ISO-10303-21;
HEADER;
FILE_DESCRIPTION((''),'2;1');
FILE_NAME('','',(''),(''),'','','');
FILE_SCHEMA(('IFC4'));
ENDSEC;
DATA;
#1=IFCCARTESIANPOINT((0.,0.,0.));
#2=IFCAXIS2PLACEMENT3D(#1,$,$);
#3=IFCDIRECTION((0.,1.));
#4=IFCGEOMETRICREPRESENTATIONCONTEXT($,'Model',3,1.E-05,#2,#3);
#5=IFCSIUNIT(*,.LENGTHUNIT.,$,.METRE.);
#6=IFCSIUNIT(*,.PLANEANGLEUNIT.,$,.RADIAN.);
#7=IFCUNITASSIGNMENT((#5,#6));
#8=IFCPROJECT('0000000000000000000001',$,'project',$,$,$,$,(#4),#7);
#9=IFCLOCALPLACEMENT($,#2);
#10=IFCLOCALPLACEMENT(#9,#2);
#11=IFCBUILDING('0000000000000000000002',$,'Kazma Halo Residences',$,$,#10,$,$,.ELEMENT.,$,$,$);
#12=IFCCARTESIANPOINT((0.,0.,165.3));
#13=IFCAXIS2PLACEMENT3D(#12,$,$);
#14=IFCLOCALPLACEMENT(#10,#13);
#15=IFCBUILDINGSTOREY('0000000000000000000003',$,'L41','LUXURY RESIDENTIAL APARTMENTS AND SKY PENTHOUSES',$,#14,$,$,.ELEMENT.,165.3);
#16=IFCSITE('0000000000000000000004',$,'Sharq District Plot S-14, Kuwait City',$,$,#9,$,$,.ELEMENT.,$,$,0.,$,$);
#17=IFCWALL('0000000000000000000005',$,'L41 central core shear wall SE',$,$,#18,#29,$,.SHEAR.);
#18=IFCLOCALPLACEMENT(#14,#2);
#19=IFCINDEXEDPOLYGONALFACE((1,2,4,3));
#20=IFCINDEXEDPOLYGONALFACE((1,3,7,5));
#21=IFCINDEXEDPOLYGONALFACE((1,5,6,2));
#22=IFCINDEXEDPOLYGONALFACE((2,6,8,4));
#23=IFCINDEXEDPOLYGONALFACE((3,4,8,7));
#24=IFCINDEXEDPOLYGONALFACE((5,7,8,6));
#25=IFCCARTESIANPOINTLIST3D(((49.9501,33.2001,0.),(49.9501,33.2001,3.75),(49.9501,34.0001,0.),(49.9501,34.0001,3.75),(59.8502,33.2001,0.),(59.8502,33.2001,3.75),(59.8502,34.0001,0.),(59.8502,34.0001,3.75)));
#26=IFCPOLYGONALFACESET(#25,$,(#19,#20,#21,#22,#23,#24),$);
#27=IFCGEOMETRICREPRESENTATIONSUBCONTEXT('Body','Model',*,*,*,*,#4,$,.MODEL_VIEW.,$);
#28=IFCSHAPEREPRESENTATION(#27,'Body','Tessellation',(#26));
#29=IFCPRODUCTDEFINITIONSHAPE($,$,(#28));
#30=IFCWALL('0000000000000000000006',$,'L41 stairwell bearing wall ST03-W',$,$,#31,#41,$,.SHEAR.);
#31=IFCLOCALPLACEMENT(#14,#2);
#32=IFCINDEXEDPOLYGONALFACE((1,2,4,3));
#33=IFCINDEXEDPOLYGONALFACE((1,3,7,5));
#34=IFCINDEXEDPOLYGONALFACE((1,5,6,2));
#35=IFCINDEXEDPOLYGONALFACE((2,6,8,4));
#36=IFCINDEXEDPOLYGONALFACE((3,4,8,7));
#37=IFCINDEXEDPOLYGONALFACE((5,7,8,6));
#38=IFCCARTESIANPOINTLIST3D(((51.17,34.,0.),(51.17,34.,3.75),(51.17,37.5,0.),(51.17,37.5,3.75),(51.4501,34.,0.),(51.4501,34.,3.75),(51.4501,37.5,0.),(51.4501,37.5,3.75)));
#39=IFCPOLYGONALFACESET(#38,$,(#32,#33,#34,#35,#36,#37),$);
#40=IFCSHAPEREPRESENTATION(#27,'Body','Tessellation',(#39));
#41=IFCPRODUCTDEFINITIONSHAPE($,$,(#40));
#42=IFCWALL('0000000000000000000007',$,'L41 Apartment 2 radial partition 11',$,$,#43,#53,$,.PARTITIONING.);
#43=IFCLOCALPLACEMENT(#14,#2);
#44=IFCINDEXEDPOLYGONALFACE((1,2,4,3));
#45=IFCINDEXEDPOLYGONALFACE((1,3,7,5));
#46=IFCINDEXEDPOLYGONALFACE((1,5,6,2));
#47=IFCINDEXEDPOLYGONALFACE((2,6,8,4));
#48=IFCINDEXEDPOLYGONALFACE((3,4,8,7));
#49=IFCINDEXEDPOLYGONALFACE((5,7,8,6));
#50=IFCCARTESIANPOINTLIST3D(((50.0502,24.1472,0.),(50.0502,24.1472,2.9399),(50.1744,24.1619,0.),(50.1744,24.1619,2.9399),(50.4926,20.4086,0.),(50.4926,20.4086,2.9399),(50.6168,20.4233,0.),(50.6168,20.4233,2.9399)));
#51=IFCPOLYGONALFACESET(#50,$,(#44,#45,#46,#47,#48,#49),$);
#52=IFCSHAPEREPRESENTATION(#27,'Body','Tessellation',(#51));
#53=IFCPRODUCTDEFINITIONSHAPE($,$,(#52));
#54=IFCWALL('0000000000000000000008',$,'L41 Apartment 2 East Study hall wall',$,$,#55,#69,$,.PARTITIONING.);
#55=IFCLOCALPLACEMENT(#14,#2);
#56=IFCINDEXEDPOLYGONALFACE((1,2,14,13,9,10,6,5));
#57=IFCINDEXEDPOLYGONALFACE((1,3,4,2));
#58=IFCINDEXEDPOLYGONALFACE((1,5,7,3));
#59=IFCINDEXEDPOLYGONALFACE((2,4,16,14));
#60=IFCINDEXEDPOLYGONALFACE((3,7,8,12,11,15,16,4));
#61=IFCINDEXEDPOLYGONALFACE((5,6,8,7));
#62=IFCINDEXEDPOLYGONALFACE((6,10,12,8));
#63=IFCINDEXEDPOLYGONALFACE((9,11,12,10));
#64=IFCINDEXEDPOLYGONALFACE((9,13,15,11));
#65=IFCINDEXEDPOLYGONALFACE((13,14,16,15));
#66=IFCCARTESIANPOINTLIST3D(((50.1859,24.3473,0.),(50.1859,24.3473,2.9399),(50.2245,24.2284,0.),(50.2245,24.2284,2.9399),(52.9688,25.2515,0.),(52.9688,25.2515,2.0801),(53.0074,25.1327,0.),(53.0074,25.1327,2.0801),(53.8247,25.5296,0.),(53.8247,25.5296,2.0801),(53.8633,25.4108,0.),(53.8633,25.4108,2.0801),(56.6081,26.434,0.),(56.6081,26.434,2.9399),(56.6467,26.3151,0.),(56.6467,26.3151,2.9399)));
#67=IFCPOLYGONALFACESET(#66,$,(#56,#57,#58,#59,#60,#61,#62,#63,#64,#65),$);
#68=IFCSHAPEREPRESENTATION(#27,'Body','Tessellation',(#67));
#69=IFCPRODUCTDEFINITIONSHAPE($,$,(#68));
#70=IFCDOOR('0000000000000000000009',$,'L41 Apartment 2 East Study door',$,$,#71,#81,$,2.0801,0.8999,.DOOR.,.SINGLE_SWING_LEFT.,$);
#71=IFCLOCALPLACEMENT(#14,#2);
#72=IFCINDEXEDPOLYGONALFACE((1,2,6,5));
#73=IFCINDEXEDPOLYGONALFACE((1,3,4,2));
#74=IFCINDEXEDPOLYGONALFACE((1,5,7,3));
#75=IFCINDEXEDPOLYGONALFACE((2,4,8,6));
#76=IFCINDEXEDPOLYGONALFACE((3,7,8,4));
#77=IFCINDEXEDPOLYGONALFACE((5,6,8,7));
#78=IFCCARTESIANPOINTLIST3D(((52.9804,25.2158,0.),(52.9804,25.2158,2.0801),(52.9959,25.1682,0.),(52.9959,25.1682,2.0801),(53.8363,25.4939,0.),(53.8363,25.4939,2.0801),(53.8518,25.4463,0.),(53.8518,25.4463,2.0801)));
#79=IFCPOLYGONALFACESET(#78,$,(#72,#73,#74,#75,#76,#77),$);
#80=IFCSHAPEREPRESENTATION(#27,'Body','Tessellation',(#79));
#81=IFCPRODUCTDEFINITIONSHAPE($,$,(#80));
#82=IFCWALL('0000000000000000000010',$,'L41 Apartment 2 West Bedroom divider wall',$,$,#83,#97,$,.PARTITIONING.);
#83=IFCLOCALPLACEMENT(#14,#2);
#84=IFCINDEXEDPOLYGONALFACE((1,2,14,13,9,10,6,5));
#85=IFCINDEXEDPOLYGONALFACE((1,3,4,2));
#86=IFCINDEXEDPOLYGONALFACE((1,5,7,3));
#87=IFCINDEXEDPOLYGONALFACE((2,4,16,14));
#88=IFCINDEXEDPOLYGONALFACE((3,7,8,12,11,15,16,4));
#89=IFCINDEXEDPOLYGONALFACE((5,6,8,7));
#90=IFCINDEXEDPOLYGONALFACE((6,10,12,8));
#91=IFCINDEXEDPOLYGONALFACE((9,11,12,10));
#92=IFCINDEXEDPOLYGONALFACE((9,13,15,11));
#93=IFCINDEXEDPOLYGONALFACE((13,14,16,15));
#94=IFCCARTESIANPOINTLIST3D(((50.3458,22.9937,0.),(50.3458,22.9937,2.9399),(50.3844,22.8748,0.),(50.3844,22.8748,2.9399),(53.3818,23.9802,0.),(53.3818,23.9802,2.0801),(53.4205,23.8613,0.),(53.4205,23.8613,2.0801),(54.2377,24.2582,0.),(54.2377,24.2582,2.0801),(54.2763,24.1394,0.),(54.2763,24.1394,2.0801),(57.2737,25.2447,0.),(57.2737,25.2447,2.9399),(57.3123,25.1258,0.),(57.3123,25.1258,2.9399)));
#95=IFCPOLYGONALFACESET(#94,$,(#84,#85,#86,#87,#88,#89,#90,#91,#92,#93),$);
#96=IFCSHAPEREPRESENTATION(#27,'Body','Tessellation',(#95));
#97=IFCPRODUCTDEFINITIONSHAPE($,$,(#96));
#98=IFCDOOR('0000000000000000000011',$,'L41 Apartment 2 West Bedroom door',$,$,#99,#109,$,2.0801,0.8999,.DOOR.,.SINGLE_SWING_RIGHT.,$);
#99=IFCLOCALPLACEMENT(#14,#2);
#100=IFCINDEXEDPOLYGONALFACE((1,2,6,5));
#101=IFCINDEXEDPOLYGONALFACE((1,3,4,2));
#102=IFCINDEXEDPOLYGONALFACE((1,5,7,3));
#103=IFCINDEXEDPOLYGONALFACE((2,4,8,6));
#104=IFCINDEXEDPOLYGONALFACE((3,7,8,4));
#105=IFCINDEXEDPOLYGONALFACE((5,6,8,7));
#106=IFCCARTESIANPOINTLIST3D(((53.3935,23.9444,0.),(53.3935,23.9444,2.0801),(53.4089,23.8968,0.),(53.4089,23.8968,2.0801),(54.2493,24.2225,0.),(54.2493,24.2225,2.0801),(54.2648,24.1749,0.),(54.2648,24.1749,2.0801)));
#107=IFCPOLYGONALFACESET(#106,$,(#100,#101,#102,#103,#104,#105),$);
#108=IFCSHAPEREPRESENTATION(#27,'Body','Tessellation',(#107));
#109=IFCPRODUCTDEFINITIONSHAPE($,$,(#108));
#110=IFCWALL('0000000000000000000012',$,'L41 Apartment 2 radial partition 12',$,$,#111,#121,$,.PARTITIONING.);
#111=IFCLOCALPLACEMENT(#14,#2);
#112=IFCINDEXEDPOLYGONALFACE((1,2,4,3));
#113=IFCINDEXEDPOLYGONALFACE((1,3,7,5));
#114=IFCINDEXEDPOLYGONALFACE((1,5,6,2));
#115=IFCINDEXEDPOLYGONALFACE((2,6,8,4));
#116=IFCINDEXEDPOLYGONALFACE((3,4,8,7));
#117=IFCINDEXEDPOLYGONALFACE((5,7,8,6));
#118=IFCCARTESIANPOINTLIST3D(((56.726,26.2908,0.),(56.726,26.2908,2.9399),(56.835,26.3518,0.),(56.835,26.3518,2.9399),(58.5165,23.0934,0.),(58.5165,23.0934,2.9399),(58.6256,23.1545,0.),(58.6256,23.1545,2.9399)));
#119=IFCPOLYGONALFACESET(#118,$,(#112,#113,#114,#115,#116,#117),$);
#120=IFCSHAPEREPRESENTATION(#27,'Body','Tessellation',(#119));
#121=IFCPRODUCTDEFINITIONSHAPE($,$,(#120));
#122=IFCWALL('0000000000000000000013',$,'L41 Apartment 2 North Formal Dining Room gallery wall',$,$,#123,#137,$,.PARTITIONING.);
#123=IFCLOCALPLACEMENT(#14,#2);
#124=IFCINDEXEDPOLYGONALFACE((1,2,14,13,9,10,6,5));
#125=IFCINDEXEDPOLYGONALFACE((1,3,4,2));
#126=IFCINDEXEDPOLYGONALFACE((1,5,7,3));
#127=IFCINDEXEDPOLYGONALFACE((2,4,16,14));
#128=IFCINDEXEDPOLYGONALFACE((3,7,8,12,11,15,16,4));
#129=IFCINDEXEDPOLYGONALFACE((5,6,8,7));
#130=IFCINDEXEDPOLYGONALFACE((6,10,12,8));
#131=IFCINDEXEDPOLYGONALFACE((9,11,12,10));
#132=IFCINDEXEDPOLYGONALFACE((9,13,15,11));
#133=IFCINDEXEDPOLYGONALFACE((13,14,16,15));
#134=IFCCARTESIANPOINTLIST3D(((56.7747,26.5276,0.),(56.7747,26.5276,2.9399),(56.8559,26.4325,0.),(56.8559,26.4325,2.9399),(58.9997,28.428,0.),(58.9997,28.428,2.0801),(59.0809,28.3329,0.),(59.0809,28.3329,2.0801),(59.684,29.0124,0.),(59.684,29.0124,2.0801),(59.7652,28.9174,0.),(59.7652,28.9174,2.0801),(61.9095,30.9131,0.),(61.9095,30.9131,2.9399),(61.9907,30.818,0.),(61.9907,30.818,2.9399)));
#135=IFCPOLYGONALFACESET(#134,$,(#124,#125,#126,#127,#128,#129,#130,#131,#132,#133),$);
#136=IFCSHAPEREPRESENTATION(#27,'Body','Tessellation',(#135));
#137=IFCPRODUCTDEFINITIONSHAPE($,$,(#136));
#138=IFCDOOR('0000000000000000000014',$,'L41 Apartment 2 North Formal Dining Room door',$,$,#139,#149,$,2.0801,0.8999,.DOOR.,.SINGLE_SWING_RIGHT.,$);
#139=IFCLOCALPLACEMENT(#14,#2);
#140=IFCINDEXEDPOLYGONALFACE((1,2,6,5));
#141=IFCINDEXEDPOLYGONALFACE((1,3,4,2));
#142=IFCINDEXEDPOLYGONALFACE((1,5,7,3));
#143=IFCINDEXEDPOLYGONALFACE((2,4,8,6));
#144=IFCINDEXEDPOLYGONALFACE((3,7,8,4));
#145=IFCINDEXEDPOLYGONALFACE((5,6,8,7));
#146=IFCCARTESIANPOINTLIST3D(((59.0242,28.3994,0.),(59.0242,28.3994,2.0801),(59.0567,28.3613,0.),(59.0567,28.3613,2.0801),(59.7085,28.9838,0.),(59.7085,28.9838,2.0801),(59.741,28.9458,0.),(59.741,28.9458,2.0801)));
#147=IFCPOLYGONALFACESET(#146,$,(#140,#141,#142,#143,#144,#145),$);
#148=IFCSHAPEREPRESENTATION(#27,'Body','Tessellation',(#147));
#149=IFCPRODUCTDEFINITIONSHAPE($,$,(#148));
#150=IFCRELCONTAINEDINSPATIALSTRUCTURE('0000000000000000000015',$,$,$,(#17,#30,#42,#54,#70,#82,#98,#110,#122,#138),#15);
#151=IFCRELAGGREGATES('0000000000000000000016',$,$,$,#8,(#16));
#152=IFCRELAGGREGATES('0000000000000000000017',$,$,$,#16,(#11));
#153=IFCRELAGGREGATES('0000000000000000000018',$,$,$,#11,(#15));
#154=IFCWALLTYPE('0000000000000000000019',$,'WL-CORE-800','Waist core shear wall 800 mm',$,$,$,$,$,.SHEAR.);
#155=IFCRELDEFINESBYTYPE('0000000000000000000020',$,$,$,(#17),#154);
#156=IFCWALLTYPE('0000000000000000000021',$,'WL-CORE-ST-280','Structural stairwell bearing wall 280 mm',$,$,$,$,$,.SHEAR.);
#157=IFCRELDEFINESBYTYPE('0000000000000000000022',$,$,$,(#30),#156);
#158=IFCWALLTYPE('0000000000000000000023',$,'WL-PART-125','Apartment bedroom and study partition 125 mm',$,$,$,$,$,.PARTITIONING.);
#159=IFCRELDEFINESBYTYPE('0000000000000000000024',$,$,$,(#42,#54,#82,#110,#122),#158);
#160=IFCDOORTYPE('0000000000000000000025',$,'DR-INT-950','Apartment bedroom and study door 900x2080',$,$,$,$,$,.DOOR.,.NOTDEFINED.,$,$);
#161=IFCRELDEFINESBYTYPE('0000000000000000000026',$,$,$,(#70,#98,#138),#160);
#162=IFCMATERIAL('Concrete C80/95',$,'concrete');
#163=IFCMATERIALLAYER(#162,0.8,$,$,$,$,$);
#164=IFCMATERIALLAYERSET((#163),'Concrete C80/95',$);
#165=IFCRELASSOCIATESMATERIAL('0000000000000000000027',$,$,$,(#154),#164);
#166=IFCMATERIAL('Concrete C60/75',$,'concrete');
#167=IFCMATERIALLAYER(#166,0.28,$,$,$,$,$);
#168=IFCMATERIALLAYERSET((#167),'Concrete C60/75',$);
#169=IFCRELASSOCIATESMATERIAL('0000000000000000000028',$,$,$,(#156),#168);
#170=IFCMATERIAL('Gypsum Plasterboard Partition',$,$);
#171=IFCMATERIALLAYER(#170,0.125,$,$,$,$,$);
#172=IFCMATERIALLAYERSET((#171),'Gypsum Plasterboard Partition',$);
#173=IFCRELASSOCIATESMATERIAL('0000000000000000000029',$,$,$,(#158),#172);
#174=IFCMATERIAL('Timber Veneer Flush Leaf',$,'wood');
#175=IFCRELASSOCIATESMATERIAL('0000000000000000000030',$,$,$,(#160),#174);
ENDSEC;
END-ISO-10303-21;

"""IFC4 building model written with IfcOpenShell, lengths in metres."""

from ifc_helpers import new_model, si_unit, direction, frame, frame_2d, origin, place, context, subcontext, project, spatial, rectangle, extrude, material, layer, layer_set, type_object, element, fill, save


model = new_model("IFC4")

# Units and contexts
model_context = context("Model", 3, precision=1e-05, world=origin(), true_north=direction((0.0, 1.0)))
body_context = subcontext(model_context, "Body", "Model", "MODEL_VIEW")
ifc_project = project(units=[si_unit("LENGTHUNIT", "METRE"), si_unit("PLANEANGLEUNIT", "RADIAN")], contexts=[model_context])

# Site, building, storey
site_placement = place(None, origin())
site = spatial("IfcSite", under=ifc_project, at=site_placement, Name="Sharq District Plot S-14, Kuwait City", CompositionType="ELEMENT", RefElevation=0.0)
building_placement = place(site_placement, origin())
building = spatial("IfcBuilding", under=site, at=building_placement, Name="Kazma Halo Residences", CompositionType="ELEMENT")
storey_placement = place(building_placement, frame((0.0, 0.0, 165.3)))
storey = spatial("IfcBuildingStorey", under=building, at=storey_placement, Name="L41", Description="LUXURY RESIDENTIAL APARTMENTS AND SKY PENTHOUSES", CompositionType="ELEMENT", Elevation=165.3)

# Shared definitions
ifc_material_1 = material(Name="Concrete C80/95", Category="concrete")

# Walls
ifc_layer_1 = layer(ifc_material_1, 0.8)
ifc_layer_set_1 = layer_set([ifc_layer_1], Name="Concrete C80/95")
wall_type_1 = type_object("IfcWallType", Name="WL-CORE-800", Description="Waist core shear wall 800 mm", PredefinedType="SHEAR", material=ifc_layer_set_1)
wall_1_placement = place(storey_placement, frame((49.95, 33.6001, 0.0), z_axis=(0.0, 0.0, 1.0), x_axis=(1.0, 0.0, 0.0)))
element("IfcWall", 1, at=wall_1_placement, inside=storey, type_object=wall_type_1, Name="L41 central core shear wall SE", PredefinedType="SHEAR", context=body_context, shape_type="SweptSolid", body=[
    extrude(rectangle(XDim=9.9001, YDim=0.8, at=frame_2d((4.9502, 0.0))), origin(), (0.0, 0.0, 1.0), 3.75),
])
ifc_material_2 = material(Name="Concrete C60/75", Category="concrete")
ifc_layer_2 = layer(ifc_material_2, 0.28)
ifc_layer_set_2 = layer_set([ifc_layer_2], Name="Concrete C60/75")
wall_type_2 = type_object("IfcWallType", Name="WL-CORE-ST-280", Description="Structural stairwell bearing wall 280 mm", PredefinedType="SHEAR", material=ifc_layer_set_2)
wall_2_placement = place(storey_placement, frame((51.3101, 34.0, 0.0), z_axis=(0.0, 0.0, 1.0), x_axis=(0.0, 1.0, 0.0)))
element("IfcWall", 2, at=wall_2_placement, inside=storey, type_object=wall_type_2, Name="L41 stairwell bearing wall ST03-W", PredefinedType="SHEAR", context=body_context, shape_type="SweptSolid", body=[
    extrude(rectangle(XDim=3.5, YDim=0.28, at=frame_2d((1.75, 0.0))), origin(), (0.0, 0.0, 1.0), 3.75),
])

# Wall
ifc_material_3 = material(Name="Gypsum Plasterboard Partition")
ifc_layer_3 = layer(ifc_material_3, 0.125)
ifc_layer_set_3 = layer_set([ifc_layer_3], Name="Gypsum Plasterboard Partition")
wall_type_3 = type_object("IfcWallType", Name="WL-PART-125", Description="Apartment bedroom and study partition 125 mm", PredefinedType="PARTITIONING", material=ifc_layer_set_3)
wall_3_placement = place(storey_placement, frame((50.1123, 24.1545, 0.0), z_axis=(0.0, 0.0, 1.0), x_axis=(0.117511, -0.993072, 0.0)))
element("IfcWall", 3, at=wall_3_placement, inside=storey, type_object=wall_type_3, Name="L41 Apartment 2 radial partition 11", PredefinedType="PARTITIONING", context=body_context, shape_type="SweptSolid", body=[
    extrude(rectangle(XDim=3.7646, YDim=0.125, at=frame_2d((1.8823, 0.0))), origin(), (0.0, 0.0, 1.0), 2.9399),
])

# Walls, openings, doors
wall_4_placement = place(storey_placement, frame((50.2051, 24.2878, 0.0), z_axis=(0.0, 0.0, 1.0), x_axis=(0.951057, 0.309017, 0.0)))
wall_4 = element("IfcWall", 4, at=wall_4_placement, inside=storey, type_object=wall_type_3, Name="L41 Apartment 2 East Study hall wall", PredefinedType="PARTITIONING", context=body_context, shape_type="SweptSolid", body=[
    extrude(rectangle(XDim=6.7527, YDim=0.125, at=frame_2d((3.3765, 0.0))), origin(), (0.0, 0.0, 1.0), 2.9399),
])
opening_1_placement = place(wall_4_placement, frame((2.9263, 0.0, 0.0)))
opening_1 = element("IfcOpeningElement", 5, at=opening_1_placement, cuts=wall_4, PredefinedType="OPENING", context=body_context, shape_type="SweptSolid", body=[
    extrude(rectangle(XDim=0.8999, YDim=2.0801, at=frame_2d((0.45, 1.04))), frame((0.0, 0.0725, 0.0), z_axis=(0.0, -1.0, 0.0), x_axis=(1.0, 0.0, 0.0)), (0.0, 0.0, 1.0), 0.145),
])
ifc_material_4 = material(Name="Timber Veneer Flush Leaf", Category="wood")
door_type_1 = type_object("IfcDoorType", Name="DR-INT-950", Description="Apartment bedroom and study door 900x2080", OperationType="NOTDEFINED", PredefinedType="DOOR", material=ifc_material_4)
door_1_placement = place(opening_1_placement, origin())
door_1 = element("IfcDoor", 6, at=door_1_placement, inside=storey, type_object=door_type_1, Name="L41 Apartment 2 East Study door", OperationType="SINGLE_SWING_LEFT", OverallHeight=2.0801, OverallWidth=0.8999, PredefinedType="DOOR", context=body_context, shape_type="SweptSolid", body=[
    extrude(rectangle(XDim=0.8999, YDim=2.0801, at=frame_2d((0.45, 1.04))), frame((0.0, 0.0249, 0.0), z_axis=(0.0, -1.0, 0.0), x_axis=(1.0, 0.0, 0.0)), (0.0, 0.0, 1.0), 0.05),
])
fill(opening_1, door_1)
wall_5_placement = place(storey_placement, frame((50.3652, 22.9343, 0.0), z_axis=(0.0, 0.0, 1.0), x_axis=(0.951059, 0.30901, 0.0)))
wall_5 = element("IfcWall", 7, at=wall_5_placement, inside=storey, type_object=wall_type_3, Name="L41 Apartment 2 West Bedroom divider wall", PredefinedType="PARTITIONING", context=body_context, shape_type="SweptSolid", body=[
    extrude(rectangle(XDim=7.2844, YDim=0.125, at=frame_2d((3.6421, 0.0))), origin(), (0.0, 0.0, 1.0), 2.9399),
])
opening_2_placement = place(wall_5_placement, frame((3.1921, 0.0, 0.0)))
opening_2 = element("IfcOpeningElement", 8, at=opening_2_placement, cuts=wall_5, PredefinedType="OPENING", context=body_context, shape_type="SweptSolid", body=[
    extrude(rectangle(XDim=0.8999, YDim=2.0801, at=frame_2d((0.45, 1.04))), frame((0.0, 0.0725, 0.0), z_axis=(0.0, -1.0, 0.0), x_axis=(1.0, 0.0, 0.0)), (0.0, 0.0, 1.0), 0.145),
])
door_2_placement = place(opening_2_placement, origin())
door_2 = element("IfcDoor", 9, at=door_2_placement, inside=storey, type_object=door_type_1, Name="L41 Apartment 2 West Bedroom door", OperationType="SINGLE_SWING_RIGHT", OverallHeight=2.0801, OverallWidth=0.8999, PredefinedType="DOOR", context=body_context, shape_type="SweptSolid", body=[
    extrude(rectangle(XDim=0.8999, YDim=2.0801, at=frame_2d((0.45, 1.04))), frame((0.0, 0.0249, 0.0), z_axis=(0.0, -1.0, 0.0), x_axis=(1.0, 0.0, 0.0)), (0.0, 0.0, 1.0), 0.05),
])
fill(opening_2, door_2)

# Wall
wall_6_placement = place(storey_placement, frame((56.7805, 26.3213, 0.0), z_axis=(0.0, 0.0, 1.0), x_axis=(0.488616, -0.872499, 0.0)))
element("IfcWall", 10, at=wall_6_placement, inside=storey, type_object=wall_type_3, Name="L41 Apartment 2 radial partition 12", PredefinedType="PARTITIONING", context=body_context, shape_type="SweptSolid", body=[
    extrude(rectangle(XDim=3.6646, YDim=0.125, at=frame_2d((1.8323, 0.0))), origin(), (0.0, 0.0, 1.0), 2.9399),
])

# Wall, opening, door
wall_7_placement = place(storey_placement, frame((56.8152, 26.48, 0.0), z_axis=(0.0, 0.0, 1.0), x_axis=(0.760406, 0.649448, 0.0)))
wall_7 = element("IfcWall", 11, at=wall_7_placement, inside=storey, type_object=wall_type_3, Name="L41 Apartment 2 North Formal Dining Room gallery wall", PredefinedType="PARTITIONING", context=body_context, shape_type="SweptSolid", body=[
    extrude(rectangle(XDim=6.7527, YDim=0.125, at=frame_2d((3.3765, 0.0))), origin(), (0.0, 0.0, 1.0), 2.9399),
])
opening_3_placement = place(wall_7_placement, frame((2.9263, 0.0, 0.0)))
opening_3 = element("IfcOpeningElement", 12, at=opening_3_placement, cuts=wall_7, PredefinedType="OPENING", context=body_context, shape_type="SweptSolid", body=[
    extrude(rectangle(XDim=0.8999, YDim=2.0801, at=frame_2d((0.45, 1.04))), frame((0.0, 0.0725, 0.0), z_axis=(0.0, -1.0, 0.0), x_axis=(1.0, 0.0, 0.0)), (0.0, 0.0, 1.0), 0.145),
])
door_3_placement = place(opening_3_placement, origin())
door_3 = element("IfcDoor", 13, at=door_3_placement, inside=storey, type_object=door_type_1, Name="L41 Apartment 2 North Formal Dining Room door", OperationType="SINGLE_SWING_RIGHT", OverallHeight=2.0801, OverallWidth=0.8999, PredefinedType="DOOR", context=body_context, shape_type="SweptSolid", body=[
    extrude(rectangle(XDim=0.8999, YDim=2.0801, at=frame_2d((0.45, 1.04))), frame((0.0, 0.0249, 0.0), z_axis=(0.0, -1.0, 0.0), x_axis=(1.0, 0.0, 0.0)), (0.0, 0.0, 1.0), 0.05),
])
fill(opening_3, door_3)

save(model, "model.ifc")
